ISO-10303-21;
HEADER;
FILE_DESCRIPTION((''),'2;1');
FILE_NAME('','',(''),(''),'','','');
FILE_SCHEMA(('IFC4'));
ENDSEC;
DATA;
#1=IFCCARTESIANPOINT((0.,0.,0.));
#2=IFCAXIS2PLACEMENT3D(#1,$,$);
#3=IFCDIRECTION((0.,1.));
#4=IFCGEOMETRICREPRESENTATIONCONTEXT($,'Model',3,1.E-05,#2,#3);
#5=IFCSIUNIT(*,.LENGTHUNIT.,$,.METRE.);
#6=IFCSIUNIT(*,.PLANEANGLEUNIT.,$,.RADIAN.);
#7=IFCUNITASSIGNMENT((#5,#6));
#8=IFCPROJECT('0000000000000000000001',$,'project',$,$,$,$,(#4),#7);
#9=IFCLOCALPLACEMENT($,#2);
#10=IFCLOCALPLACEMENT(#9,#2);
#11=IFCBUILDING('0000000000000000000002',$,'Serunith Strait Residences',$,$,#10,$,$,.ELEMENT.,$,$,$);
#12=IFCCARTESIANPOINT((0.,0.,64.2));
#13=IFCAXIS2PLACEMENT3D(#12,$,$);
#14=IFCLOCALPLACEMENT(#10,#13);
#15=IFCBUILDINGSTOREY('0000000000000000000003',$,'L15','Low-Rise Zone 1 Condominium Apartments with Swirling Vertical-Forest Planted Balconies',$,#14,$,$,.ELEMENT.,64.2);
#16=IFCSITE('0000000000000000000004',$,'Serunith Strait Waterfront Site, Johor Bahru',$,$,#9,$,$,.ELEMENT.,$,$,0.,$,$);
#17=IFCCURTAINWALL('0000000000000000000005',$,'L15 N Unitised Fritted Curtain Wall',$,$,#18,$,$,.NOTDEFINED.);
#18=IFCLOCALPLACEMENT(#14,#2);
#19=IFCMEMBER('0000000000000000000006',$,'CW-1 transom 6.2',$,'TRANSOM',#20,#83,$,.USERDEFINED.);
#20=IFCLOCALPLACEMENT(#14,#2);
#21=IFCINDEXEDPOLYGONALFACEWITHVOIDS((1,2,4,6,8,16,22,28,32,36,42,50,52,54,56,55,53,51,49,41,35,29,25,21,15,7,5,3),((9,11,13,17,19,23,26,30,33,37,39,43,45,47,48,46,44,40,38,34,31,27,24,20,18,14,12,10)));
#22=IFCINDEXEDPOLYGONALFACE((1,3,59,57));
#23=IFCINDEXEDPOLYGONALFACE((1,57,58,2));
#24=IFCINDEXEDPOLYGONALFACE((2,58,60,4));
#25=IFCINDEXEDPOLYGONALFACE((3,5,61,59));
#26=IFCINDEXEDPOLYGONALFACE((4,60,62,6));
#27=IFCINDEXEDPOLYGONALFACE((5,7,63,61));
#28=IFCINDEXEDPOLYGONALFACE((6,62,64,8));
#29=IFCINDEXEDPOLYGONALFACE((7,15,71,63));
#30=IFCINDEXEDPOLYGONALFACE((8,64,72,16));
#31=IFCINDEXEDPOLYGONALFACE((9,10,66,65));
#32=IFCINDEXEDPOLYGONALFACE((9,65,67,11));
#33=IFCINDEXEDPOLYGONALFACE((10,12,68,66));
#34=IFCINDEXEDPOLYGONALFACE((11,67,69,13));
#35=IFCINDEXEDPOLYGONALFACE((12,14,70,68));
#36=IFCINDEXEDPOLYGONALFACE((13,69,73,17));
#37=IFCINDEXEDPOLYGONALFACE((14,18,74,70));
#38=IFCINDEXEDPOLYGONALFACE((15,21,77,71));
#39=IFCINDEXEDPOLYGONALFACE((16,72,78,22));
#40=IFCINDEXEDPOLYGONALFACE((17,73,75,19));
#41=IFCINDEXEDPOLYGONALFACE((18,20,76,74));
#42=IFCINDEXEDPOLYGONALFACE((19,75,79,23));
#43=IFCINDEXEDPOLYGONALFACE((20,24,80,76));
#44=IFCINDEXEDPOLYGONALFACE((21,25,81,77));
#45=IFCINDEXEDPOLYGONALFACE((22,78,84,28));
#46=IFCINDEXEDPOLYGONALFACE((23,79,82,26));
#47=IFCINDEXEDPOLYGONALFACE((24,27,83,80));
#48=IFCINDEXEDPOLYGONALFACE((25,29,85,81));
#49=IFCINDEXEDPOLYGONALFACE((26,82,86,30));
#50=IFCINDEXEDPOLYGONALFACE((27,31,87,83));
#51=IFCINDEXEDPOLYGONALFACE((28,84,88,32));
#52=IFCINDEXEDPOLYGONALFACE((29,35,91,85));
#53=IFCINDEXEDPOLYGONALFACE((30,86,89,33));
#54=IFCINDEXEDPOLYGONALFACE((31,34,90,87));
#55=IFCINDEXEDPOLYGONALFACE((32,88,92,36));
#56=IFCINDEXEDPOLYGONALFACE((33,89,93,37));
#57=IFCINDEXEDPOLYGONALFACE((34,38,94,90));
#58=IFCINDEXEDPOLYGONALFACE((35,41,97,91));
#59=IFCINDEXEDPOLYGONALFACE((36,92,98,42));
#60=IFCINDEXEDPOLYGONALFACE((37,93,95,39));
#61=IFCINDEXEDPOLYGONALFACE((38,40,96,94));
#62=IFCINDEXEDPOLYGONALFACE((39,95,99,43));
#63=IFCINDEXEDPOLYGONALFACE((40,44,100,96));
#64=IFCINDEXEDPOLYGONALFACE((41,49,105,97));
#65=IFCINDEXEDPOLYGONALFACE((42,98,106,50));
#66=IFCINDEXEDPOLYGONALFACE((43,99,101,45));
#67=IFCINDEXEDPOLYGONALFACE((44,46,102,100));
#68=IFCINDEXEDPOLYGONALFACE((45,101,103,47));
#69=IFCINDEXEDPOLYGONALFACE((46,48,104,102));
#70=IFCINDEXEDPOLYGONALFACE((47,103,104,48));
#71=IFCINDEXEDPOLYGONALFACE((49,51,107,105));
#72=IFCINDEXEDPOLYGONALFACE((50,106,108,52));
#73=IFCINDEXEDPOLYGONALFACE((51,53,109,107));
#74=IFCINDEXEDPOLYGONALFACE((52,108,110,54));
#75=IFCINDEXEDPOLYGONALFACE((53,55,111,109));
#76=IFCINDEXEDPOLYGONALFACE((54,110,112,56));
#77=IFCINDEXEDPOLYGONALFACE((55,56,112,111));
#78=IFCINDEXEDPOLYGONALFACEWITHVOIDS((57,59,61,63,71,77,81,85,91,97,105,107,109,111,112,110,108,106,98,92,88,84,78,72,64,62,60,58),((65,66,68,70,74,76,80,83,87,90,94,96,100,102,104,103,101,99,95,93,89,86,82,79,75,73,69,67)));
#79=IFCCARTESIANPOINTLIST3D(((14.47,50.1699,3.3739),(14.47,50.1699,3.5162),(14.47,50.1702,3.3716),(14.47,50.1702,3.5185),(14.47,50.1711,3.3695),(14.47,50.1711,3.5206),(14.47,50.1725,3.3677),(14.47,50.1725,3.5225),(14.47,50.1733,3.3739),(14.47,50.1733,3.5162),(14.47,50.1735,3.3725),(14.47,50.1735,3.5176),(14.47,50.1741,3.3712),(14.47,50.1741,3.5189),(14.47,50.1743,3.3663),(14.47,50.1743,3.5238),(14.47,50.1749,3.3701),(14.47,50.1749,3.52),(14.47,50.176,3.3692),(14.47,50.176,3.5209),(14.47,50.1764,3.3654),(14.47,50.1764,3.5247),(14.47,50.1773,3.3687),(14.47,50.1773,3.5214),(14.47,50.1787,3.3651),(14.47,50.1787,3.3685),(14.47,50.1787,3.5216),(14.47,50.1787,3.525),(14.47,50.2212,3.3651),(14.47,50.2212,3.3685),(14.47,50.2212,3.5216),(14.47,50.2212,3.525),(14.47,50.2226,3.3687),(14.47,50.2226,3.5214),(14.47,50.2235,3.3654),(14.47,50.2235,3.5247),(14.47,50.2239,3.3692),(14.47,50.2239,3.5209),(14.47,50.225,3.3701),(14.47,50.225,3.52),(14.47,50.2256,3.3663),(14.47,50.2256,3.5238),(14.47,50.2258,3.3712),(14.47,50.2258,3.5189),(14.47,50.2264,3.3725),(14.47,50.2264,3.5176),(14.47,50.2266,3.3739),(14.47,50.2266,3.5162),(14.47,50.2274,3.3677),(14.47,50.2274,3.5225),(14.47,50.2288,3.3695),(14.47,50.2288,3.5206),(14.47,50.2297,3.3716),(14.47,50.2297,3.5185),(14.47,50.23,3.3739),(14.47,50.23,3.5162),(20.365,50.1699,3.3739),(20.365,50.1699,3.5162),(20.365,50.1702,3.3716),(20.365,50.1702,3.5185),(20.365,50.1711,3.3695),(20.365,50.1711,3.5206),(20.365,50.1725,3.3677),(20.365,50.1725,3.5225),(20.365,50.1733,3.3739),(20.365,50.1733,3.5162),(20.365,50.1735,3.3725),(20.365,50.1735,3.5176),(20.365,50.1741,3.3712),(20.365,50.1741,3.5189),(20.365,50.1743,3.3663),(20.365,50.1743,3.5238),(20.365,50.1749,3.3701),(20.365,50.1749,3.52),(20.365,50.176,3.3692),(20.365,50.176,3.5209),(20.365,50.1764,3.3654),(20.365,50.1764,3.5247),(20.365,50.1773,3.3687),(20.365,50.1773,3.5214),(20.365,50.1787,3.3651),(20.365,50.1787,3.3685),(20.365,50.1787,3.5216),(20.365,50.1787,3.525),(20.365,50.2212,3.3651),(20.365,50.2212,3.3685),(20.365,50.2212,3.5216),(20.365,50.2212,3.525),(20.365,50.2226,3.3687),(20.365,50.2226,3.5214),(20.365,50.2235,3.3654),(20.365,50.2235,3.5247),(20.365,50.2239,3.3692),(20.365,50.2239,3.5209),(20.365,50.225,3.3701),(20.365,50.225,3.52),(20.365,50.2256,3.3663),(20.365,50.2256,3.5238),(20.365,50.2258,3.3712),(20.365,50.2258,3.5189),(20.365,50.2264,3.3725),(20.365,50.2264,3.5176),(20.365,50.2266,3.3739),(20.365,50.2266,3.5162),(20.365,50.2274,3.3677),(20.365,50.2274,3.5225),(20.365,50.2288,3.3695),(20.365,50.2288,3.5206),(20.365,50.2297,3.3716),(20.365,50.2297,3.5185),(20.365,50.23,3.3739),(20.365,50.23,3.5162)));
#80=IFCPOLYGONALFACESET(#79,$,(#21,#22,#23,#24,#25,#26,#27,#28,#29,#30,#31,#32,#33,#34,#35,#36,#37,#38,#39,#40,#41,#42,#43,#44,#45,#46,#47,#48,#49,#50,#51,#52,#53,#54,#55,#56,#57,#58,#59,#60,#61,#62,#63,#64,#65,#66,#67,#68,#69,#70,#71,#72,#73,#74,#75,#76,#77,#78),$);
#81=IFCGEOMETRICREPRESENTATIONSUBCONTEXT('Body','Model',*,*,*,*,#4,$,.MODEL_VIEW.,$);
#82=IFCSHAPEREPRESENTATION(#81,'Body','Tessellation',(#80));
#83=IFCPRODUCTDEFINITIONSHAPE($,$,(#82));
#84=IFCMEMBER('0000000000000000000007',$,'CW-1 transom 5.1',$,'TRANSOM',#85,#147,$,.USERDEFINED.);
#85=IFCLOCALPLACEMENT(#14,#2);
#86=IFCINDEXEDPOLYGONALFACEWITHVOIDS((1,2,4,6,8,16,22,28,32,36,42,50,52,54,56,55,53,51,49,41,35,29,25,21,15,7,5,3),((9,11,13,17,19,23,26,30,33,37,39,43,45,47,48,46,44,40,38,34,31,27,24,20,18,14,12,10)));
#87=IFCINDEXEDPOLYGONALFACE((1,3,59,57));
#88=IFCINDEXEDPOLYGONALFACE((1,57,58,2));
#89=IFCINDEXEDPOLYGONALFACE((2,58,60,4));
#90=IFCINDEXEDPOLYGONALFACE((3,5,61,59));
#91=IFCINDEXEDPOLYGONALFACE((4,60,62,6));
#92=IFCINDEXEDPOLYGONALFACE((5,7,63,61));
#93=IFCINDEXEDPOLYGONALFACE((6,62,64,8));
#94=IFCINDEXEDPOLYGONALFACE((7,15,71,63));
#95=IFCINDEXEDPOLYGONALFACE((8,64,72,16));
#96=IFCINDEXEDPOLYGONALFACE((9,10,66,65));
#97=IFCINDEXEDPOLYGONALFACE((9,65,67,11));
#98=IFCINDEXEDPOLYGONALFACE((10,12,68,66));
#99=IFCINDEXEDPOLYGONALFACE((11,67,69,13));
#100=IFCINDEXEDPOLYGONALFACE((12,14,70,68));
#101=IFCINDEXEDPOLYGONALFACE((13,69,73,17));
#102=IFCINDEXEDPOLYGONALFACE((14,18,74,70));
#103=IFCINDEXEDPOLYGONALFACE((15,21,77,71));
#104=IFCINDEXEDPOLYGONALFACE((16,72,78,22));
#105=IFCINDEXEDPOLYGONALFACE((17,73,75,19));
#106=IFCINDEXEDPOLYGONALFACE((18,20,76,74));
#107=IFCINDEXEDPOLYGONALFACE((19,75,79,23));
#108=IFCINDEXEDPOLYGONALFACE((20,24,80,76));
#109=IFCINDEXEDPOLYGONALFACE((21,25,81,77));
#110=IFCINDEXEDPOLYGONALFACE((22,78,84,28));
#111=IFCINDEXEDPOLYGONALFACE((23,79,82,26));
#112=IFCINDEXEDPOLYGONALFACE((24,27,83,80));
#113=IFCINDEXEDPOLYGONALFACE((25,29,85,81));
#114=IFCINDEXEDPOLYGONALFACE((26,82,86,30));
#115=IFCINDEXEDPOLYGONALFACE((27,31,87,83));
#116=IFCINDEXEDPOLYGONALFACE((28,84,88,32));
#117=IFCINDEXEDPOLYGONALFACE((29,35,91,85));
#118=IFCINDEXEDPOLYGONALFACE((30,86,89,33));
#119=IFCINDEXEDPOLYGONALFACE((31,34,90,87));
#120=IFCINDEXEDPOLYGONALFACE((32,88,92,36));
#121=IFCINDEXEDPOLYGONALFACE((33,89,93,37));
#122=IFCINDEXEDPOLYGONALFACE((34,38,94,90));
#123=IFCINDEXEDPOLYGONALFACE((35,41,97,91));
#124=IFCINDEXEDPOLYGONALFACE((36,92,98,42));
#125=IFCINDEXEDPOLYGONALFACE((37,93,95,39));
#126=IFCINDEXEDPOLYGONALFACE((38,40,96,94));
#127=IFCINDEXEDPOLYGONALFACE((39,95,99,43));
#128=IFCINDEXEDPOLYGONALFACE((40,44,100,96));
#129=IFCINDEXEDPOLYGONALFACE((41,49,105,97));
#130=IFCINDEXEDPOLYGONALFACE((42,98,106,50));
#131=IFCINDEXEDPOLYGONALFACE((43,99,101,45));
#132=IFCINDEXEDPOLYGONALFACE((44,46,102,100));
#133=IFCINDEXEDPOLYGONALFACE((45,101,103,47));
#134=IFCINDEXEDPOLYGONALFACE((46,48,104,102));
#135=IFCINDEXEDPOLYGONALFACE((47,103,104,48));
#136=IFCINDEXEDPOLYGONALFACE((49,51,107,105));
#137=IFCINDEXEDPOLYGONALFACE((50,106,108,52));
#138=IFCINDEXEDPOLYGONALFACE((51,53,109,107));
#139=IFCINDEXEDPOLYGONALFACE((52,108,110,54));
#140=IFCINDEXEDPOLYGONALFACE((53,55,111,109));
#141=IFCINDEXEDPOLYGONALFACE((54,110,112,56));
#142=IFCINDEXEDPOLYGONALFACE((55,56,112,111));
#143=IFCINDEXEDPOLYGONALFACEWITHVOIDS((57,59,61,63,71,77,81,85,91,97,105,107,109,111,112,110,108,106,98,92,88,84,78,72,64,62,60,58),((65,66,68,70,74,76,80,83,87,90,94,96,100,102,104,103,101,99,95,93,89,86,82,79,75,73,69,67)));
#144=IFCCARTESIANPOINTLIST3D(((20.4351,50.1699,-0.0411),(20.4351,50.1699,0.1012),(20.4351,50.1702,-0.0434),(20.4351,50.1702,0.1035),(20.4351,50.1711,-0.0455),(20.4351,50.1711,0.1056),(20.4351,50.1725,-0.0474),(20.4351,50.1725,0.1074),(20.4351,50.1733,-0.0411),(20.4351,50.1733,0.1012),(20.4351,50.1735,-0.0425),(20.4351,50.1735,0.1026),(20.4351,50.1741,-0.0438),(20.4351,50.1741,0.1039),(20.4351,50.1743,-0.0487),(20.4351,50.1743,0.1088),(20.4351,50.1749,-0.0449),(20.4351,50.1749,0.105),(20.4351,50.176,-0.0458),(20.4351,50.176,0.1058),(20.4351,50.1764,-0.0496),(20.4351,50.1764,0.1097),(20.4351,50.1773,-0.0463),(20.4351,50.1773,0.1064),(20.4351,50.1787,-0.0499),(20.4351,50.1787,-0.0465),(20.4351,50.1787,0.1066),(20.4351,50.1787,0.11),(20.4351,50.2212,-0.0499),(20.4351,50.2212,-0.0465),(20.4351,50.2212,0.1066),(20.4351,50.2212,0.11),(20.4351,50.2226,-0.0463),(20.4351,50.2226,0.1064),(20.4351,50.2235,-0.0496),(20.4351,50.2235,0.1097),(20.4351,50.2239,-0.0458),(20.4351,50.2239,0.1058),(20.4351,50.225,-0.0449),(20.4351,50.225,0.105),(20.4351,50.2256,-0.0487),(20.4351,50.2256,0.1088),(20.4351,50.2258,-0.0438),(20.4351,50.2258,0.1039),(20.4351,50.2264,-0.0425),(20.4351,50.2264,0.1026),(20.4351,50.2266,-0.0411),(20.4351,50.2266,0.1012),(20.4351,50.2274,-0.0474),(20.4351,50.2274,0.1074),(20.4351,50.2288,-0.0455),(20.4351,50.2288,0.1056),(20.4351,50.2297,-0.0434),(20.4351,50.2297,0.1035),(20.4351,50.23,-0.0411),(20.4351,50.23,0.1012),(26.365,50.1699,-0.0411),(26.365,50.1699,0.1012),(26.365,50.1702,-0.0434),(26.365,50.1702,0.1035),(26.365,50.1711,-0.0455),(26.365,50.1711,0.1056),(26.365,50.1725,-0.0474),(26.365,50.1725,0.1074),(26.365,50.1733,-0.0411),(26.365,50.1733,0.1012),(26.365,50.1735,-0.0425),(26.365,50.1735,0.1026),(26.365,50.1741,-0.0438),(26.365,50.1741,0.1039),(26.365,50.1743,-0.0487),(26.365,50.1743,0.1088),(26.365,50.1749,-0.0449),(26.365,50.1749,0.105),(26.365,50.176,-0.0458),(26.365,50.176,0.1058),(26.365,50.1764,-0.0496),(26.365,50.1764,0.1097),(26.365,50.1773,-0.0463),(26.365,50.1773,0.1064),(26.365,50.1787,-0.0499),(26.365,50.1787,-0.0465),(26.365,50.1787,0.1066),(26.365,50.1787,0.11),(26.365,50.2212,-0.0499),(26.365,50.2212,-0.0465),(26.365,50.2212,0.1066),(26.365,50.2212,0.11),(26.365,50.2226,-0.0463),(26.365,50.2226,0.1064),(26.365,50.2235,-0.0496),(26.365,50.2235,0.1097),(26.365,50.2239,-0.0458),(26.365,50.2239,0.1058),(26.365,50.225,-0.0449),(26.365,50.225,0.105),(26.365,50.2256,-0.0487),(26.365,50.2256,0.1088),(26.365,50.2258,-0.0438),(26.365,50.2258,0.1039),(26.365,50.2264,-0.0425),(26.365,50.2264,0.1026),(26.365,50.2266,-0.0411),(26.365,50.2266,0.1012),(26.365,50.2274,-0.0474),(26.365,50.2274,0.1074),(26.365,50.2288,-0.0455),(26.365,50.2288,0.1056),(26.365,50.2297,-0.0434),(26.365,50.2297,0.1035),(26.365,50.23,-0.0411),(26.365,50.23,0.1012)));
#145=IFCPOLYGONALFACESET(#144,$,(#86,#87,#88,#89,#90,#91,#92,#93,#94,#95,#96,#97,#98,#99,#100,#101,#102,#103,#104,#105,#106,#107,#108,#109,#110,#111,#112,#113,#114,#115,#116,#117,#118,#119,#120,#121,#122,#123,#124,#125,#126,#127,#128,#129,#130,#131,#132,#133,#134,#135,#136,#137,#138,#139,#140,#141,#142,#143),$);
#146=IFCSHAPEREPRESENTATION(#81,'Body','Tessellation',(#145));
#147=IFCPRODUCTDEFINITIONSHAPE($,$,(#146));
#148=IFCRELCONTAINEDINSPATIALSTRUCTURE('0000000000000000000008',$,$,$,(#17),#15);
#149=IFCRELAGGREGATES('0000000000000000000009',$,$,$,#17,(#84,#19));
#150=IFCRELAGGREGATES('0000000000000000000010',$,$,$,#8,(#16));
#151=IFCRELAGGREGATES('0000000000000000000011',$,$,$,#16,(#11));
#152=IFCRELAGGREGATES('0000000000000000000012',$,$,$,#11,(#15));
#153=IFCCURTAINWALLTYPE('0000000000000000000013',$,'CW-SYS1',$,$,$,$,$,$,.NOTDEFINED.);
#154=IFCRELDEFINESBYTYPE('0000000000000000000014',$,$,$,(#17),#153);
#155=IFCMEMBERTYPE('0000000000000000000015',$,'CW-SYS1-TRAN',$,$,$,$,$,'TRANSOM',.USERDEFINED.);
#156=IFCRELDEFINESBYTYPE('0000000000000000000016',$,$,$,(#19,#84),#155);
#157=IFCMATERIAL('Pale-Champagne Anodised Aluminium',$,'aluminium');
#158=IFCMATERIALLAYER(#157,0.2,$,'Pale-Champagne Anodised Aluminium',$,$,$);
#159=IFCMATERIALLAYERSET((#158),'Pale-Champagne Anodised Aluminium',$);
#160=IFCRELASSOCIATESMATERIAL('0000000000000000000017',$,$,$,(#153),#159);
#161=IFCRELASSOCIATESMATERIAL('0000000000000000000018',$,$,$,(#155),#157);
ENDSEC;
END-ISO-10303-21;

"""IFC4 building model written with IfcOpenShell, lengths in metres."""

from ifc_helpers import new_model, si_unit, direction, frame, origin, origin_2d, place, context, subcontext, project, spatial, hollow_rectangle, extrude, source, transform, mapped, material, layer, layer_set, material_profile, profile_set, type_object, element, aggregate, save


model = new_model("IFC4")

# Units and contexts
model_context = context("Model", 3, precision=1e-05, world=origin(), true_north=direction((0.0, 1.0)))
body_context = subcontext(model_context, "Body", "Model", "MODEL_VIEW")
ifc_project = project(units=[si_unit("LENGTHUNIT", "METRE"), si_unit("PLANEANGLEUNIT", "RADIAN")], contexts=[model_context])

# Site, building, storey
site_placement = place(None, origin())
site = spatial("IfcSite", under=ifc_project, at=site_placement, Name="Serunith Strait Waterfront Site, Johor Bahru", CompositionType="ELEMENT", RefElevation=0.0)
building_placement = place(site_placement, origin())
building = spatial("IfcBuilding", under=site, at=building_placement, Name="Serunith Strait Residences", CompositionType="ELEMENT")
storey_placement = place(building_placement, frame((0.0, 0.0, 64.2)))
storey = spatial("IfcBuildingStorey", under=building, at=storey_placement, Name="L15", Description="Low-Rise Zone 1 Condominium Apartments with Swirling Vertical-Forest Planted Balconies", CompositionType="ELEMENT", Elevation=64.2)

# Curtain wall, members
ifc_material_1 = material(Name="Pale-Champagne Anodised Aluminium", Category="aluminium")
ifc_layer_1 = layer(ifc_material_1, 0.2, Name="Pale-Champagne Anodised Aluminium")
ifc_layer_set_1 = layer_set([ifc_layer_1], Name="Pale-Champagne Anodised Aluminium")
curtain_wall_type = type_object("IfcCurtainWallType", Name="CW-SYS1", PredefinedType="NOTDEFINED", material=ifc_layer_set_1)
curtain_wall_placement = place(storey_placement, origin())
curtain_wall = element("IfcCurtainWall", 1, at=curtain_wall_placement, inside=storey, type_object=curtain_wall_type, Name="L15 N Unitised Fritted Curtain Wall", PredefinedType="NOTDEFINED")
ifc_material_profile_1 = material_profile(ifc_material_1, hollow_rectangle(XDim=0.0601, YDim=0.1599, WallThickness=0.0034, InnerFilletRadius=0.0054, OuterFilletRadius=0.0088, at=origin_2d()), Name="ALU 160x60x3.5")
ifc_profile_set_1 = profile_set([ifc_material_profile_1], Name="Pale-Champagne Anodised Aluminium")
member_type_1 = type_object("IfcMemberType", Name="CW-SYS1-TRAN", ElementType="TRANSOM", PredefinedType="USERDEFINED", material=ifc_profile_set_1)
shared_shape_1 = source(origin(), body_context, "Body", "SweptSolid", [
    extrude(hollow_rectangle(XDim=0.0601, YDim=0.1599, WallThickness=0.0034, InnerFilletRadius=0.0054, OuterFilletRadius=0.0088, at=origin_2d()), origin(), (0.0, 0.0, 1.0), 5.895),
])
member_1_placement = place(storey_placement, frame((20.365, 50.2, 3.4451), z_axis=(-1.0, 0.0, 0.0), x_axis=(0.0, -1.0, 0.0)))
member_1 = element("IfcMember", 2, at=member_1_placement, type_object=member_type_1, Name="CW-1 transom 6.2", ObjectType="TRANSOM", PredefinedType="USERDEFINED", context=body_context, shape_type="MappedRepresentation", body=[
    mapped(shared_shape_1, transform((0.0, 0.0, 0.0), scale=1.0)),
])
shared_shape_2 = source(origin(), body_context, "Body", "SweptSolid", [
    extrude(hollow_rectangle(XDim=0.0601, YDim=0.1599, WallThickness=0.0034, InnerFilletRadius=0.0054, OuterFilletRadius=0.0088, at=origin_2d()), origin(), (0.0, 0.0, 1.0), 5.9299),
])
member_2_placement = place(storey_placement, frame((26.365, 50.2, 0.03), z_axis=(-1.0, 0.0, 0.0), x_axis=(0.0, -1.0, 0.0)))
member_2 = element("IfcMember", 3, at=member_2_placement, type_object=member_type_1, Name="CW-1 transom 5.1", ObjectType="TRANSOM", PredefinedType="USERDEFINED", context=body_context, shape_type="MappedRepresentation", body=[
    mapped(shared_shape_2, transform((0.0, 0.0, 0.0), scale=1.0)),
])
aggregate(curtain_wall, [member_2, member_1])

save(model, "model.ifc")
